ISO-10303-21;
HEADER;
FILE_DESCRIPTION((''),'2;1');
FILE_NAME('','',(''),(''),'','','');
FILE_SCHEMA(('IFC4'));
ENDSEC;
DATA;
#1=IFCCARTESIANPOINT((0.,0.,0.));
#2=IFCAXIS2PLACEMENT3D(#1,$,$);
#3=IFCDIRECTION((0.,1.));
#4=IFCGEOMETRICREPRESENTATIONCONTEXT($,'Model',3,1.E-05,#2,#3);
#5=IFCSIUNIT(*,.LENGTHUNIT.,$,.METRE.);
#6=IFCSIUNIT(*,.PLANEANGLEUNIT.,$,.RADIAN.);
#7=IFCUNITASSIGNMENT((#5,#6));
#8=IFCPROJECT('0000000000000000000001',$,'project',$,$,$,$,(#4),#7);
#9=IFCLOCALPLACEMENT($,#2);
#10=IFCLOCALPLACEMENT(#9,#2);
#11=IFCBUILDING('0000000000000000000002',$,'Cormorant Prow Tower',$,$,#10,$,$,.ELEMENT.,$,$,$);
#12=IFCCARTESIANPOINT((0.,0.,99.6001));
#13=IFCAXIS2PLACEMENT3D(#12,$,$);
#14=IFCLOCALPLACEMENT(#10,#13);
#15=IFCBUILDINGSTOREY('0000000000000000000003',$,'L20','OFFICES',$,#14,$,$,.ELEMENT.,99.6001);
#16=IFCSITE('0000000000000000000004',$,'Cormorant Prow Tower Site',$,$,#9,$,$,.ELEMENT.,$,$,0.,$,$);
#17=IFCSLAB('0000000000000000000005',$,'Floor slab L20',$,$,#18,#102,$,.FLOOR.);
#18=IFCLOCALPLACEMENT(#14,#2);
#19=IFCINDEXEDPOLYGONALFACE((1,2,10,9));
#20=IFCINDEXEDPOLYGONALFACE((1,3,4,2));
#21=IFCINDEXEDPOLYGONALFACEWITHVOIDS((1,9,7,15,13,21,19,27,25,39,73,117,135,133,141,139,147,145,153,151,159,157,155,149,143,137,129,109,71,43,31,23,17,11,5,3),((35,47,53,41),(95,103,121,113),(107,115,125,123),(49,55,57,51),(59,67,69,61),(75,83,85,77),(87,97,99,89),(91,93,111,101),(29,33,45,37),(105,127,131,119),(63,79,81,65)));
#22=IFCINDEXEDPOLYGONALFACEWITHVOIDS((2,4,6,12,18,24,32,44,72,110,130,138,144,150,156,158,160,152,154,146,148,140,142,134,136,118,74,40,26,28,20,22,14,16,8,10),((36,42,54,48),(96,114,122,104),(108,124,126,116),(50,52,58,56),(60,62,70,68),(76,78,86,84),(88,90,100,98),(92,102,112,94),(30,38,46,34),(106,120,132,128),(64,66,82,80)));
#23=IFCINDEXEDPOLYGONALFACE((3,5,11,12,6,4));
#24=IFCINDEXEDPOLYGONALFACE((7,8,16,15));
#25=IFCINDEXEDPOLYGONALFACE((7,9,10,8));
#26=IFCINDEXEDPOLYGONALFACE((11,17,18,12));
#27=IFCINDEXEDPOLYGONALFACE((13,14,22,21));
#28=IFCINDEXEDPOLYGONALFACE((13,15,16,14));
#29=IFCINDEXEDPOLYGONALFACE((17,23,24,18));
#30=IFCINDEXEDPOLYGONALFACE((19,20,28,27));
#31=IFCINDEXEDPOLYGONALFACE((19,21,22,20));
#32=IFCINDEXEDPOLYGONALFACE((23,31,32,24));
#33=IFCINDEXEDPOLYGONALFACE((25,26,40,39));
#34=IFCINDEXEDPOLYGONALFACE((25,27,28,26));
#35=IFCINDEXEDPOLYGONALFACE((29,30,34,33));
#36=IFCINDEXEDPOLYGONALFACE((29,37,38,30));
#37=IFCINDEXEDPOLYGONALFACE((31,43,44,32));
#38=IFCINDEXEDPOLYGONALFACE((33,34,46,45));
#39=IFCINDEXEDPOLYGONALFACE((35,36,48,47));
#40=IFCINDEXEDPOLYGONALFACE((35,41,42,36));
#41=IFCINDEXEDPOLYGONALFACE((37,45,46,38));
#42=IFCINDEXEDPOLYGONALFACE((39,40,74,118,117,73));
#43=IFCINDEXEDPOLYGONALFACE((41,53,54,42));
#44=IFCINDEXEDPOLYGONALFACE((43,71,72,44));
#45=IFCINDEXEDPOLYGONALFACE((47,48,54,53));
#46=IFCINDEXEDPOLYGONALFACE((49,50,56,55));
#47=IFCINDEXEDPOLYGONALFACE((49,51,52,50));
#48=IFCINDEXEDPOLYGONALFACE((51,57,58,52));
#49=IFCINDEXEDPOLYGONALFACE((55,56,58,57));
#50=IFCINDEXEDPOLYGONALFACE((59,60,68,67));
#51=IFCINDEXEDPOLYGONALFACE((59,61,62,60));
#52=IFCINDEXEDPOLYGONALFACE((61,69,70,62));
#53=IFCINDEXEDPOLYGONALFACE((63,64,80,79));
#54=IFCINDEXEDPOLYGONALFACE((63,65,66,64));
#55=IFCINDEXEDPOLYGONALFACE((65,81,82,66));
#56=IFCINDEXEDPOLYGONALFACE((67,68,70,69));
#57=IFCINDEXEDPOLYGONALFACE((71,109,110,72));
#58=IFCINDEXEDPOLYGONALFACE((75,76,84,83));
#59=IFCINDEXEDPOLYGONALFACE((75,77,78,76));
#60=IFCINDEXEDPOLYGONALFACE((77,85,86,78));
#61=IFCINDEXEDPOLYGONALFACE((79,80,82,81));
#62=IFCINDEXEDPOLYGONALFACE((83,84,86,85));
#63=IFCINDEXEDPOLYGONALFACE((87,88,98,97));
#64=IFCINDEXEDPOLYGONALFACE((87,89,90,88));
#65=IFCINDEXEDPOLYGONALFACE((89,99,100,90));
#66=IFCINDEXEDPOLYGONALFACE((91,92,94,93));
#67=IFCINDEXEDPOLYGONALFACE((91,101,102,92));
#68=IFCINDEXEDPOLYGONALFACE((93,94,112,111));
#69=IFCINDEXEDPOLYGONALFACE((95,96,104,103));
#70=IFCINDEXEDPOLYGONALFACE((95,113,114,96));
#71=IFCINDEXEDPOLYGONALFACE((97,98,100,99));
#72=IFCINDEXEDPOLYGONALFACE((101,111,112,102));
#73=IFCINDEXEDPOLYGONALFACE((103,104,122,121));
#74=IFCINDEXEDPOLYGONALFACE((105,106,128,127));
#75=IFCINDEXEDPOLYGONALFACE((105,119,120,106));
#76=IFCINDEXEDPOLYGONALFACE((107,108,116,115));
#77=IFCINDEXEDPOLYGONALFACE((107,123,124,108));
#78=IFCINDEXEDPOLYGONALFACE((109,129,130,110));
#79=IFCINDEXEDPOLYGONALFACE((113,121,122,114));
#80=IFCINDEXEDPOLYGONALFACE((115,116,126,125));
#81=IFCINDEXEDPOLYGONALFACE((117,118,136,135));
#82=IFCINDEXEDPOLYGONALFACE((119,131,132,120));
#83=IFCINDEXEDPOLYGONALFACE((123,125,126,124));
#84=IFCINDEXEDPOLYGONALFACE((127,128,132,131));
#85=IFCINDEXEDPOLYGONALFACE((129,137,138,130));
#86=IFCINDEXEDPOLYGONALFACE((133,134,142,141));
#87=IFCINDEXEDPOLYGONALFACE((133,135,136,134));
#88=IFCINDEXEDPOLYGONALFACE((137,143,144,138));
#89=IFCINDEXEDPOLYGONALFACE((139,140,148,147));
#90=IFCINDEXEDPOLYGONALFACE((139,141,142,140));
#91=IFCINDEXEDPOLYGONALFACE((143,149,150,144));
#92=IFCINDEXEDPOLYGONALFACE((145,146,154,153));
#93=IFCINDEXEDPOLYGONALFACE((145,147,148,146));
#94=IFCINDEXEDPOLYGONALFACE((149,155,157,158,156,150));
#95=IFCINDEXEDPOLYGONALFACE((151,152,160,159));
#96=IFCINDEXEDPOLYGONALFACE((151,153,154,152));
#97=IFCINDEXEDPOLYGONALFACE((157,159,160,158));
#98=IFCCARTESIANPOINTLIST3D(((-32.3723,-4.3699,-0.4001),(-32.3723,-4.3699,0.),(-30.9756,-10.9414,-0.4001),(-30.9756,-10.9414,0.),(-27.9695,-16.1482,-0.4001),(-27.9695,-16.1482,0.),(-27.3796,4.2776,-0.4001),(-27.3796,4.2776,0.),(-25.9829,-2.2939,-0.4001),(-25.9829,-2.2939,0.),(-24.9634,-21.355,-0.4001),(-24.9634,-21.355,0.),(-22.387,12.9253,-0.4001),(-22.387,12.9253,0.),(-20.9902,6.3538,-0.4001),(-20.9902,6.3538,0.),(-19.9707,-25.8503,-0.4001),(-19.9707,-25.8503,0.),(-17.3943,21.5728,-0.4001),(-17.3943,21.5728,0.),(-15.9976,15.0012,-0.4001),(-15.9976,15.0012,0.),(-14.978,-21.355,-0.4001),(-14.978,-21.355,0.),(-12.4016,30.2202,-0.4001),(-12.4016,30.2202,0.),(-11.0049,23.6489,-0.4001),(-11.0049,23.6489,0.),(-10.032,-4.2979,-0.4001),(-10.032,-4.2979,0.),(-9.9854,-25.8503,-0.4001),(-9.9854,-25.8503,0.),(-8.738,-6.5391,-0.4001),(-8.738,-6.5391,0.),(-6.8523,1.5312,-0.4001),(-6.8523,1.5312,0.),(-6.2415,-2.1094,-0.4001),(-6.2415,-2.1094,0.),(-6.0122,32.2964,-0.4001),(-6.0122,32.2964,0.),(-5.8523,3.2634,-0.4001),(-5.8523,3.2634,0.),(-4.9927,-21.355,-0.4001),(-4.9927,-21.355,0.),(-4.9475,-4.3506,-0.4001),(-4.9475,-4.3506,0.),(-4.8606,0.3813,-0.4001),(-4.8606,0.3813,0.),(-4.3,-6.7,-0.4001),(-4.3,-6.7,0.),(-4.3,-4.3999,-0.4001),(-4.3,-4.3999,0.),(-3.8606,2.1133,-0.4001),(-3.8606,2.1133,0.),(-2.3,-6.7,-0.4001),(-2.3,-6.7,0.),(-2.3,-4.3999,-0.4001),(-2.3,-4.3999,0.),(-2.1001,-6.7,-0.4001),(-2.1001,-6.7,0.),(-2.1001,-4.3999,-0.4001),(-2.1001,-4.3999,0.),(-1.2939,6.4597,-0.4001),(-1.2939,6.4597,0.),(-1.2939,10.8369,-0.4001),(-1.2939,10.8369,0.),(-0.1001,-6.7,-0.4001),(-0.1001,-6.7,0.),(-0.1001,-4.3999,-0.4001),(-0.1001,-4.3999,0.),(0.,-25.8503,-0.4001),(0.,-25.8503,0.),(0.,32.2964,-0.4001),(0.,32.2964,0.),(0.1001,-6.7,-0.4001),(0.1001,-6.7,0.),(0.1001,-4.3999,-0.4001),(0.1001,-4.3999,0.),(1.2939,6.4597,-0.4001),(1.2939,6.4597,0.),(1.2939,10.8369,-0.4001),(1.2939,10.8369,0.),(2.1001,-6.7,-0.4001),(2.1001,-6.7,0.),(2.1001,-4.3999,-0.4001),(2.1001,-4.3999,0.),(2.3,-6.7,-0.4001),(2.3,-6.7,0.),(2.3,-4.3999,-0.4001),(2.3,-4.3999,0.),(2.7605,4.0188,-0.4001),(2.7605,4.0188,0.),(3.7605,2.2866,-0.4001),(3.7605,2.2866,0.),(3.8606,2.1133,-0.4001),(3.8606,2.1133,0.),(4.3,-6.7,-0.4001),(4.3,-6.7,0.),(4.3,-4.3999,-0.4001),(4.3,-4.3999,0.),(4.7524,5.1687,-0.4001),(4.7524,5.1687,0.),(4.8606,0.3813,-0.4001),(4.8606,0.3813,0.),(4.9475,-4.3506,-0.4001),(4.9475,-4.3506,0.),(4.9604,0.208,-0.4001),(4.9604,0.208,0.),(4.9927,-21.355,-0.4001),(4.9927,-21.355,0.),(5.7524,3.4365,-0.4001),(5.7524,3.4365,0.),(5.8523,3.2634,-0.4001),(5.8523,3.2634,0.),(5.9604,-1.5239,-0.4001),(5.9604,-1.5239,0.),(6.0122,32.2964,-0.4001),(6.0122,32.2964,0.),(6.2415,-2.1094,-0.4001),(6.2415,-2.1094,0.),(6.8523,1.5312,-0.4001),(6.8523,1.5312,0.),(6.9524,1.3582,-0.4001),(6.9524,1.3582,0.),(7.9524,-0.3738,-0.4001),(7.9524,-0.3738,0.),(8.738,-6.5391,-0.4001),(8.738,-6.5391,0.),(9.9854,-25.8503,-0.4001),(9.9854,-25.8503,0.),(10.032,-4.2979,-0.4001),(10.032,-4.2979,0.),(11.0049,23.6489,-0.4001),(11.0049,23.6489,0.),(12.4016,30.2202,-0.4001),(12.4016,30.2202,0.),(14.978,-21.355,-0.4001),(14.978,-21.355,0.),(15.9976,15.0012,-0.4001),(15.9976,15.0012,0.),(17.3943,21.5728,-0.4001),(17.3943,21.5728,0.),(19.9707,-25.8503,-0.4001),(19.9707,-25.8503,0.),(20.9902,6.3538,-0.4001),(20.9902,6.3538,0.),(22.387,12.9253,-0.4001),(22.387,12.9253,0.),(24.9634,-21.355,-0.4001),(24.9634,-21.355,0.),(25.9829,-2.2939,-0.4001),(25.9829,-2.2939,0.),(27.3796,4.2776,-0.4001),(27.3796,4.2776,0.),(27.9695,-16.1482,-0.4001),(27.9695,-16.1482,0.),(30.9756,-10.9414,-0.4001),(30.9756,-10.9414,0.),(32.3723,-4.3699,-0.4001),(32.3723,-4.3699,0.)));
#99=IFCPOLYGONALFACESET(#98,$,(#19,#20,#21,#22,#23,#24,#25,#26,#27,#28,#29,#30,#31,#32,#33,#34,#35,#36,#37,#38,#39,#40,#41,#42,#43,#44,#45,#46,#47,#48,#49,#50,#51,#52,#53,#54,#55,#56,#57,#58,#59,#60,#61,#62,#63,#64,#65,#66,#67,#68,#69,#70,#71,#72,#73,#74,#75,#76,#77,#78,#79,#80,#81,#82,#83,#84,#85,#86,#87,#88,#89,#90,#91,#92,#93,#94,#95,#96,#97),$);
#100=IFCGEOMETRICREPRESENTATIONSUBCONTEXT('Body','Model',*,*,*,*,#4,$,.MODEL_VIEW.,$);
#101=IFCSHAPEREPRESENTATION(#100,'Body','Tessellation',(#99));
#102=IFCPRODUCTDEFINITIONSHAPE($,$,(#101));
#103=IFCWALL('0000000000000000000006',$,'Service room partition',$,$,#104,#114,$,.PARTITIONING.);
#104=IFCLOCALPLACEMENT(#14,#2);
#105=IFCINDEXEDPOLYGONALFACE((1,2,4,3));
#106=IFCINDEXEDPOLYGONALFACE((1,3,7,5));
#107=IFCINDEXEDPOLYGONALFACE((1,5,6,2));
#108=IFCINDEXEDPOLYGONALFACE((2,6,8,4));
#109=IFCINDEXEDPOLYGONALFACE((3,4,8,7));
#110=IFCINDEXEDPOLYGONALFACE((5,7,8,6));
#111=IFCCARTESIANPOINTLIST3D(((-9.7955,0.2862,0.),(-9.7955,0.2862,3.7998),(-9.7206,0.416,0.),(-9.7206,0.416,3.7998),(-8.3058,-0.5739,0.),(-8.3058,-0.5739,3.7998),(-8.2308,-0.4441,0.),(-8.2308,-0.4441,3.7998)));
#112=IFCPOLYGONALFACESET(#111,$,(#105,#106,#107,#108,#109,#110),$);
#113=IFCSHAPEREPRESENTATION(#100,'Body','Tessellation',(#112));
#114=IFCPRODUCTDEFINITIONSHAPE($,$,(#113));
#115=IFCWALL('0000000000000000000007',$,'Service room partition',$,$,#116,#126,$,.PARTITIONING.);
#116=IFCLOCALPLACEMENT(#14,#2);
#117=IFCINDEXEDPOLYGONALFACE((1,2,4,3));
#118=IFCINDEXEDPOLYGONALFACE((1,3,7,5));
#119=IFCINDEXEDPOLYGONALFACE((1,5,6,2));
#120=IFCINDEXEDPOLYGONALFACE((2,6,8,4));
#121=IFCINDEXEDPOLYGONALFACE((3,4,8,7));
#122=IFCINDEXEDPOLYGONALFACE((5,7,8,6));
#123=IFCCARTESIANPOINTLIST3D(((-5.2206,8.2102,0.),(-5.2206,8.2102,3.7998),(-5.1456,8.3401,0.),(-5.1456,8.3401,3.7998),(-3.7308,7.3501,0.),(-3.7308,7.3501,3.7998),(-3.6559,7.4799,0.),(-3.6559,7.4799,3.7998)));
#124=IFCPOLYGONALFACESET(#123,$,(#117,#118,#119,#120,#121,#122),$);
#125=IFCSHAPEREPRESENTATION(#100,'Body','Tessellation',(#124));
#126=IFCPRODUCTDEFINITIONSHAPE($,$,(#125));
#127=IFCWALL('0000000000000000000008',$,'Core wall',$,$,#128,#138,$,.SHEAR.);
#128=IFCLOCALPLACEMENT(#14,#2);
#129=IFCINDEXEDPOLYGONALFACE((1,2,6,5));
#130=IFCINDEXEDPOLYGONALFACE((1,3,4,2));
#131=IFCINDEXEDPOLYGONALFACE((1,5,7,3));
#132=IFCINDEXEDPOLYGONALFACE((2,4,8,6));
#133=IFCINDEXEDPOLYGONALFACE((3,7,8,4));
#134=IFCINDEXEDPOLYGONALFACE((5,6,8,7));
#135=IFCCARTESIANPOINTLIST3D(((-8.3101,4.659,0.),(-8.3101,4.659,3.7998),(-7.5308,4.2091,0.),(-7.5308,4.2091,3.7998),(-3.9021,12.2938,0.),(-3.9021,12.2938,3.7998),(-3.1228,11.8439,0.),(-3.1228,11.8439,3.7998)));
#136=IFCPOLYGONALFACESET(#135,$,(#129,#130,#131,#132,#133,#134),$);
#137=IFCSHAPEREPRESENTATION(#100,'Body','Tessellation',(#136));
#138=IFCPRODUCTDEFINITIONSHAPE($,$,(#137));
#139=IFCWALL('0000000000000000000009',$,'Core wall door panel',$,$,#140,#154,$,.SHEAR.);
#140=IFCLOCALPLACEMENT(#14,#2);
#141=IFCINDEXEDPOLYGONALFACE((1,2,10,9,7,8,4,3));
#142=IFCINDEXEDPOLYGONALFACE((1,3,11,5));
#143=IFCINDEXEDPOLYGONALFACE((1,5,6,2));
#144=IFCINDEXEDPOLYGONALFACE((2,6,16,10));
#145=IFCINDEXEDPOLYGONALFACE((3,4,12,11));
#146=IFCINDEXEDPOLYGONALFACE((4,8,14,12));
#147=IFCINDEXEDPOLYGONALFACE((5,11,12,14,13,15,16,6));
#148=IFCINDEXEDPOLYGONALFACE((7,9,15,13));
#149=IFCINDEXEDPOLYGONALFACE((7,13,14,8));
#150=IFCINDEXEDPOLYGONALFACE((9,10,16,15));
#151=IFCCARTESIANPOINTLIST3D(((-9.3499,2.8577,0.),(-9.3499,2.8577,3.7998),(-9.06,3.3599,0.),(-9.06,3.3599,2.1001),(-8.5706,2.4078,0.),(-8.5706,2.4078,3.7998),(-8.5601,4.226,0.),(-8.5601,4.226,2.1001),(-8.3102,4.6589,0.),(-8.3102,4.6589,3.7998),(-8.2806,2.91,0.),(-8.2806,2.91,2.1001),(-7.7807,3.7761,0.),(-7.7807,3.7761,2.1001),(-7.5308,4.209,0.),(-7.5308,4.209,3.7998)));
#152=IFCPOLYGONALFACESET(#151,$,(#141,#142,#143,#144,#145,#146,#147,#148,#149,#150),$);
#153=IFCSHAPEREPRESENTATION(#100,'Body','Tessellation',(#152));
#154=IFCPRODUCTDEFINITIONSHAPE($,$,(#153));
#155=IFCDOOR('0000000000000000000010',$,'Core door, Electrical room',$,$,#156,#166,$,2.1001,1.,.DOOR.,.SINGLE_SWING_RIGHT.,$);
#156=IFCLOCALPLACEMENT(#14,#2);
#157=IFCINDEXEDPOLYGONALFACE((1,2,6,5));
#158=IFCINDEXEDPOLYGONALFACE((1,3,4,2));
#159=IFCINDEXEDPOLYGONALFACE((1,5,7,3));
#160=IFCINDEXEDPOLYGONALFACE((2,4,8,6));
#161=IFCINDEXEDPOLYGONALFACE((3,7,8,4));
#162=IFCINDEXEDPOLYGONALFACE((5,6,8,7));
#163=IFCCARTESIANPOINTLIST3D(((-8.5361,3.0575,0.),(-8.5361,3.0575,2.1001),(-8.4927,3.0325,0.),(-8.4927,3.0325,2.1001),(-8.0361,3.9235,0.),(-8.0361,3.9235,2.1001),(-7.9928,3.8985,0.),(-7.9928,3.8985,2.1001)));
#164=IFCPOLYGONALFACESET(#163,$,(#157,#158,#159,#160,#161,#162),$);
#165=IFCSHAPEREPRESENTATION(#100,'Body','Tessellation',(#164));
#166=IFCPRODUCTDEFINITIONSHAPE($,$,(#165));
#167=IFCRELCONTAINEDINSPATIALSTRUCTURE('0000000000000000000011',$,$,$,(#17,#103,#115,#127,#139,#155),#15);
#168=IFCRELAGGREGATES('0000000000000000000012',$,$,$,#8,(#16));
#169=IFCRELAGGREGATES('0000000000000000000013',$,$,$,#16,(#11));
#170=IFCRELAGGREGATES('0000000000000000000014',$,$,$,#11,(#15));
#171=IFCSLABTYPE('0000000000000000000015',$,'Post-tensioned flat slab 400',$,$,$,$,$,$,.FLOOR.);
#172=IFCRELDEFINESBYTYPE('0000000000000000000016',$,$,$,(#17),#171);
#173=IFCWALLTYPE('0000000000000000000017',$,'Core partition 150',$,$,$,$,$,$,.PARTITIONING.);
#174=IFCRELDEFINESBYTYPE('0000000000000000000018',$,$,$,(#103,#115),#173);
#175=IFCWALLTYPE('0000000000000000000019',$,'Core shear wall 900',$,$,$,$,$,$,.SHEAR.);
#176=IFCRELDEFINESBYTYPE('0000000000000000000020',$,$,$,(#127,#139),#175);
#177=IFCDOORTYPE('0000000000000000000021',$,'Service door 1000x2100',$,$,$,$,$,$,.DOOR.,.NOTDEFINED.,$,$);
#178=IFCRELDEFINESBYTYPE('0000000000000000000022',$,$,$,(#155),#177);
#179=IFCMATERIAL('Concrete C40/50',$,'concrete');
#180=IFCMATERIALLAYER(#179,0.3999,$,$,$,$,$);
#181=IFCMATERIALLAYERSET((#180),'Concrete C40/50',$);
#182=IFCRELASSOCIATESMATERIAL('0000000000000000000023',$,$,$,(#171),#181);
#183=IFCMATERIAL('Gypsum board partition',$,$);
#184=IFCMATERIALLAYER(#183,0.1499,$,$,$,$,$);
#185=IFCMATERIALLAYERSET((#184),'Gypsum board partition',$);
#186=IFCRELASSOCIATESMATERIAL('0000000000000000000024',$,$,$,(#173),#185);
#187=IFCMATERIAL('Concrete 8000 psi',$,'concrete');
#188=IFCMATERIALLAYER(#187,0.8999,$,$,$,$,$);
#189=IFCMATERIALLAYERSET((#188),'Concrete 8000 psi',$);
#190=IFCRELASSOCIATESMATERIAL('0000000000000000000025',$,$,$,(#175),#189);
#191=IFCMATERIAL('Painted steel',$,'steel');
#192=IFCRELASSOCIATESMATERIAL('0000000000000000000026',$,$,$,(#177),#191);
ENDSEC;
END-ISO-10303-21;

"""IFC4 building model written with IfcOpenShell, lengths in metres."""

from ifc_helpers import new_model, si_unit, direction, frame, frame_2d, origin, place, context, subcontext, project, spatial, polyline, rectangle, outline, extrude, material, layer, layer_set, type_object, element, fill, save


model = new_model("IFC4")

# Units and contexts
model_context = context("Model", 3, precision=1e-05, world=origin(), true_north=direction((0.0, 1.0)))
body_context = subcontext(model_context, "Body", "Model", "MODEL_VIEW")
ifc_project = project(units=[si_unit("LENGTHUNIT", "METRE"), si_unit("PLANEANGLEUNIT", "RADIAN")], contexts=[model_context])

# Site, building, storey
site_placement = place(None, origin())
site = spatial("IfcSite", under=ifc_project, at=site_placement, Name="Cormorant Prow Tower Site", CompositionType="ELEMENT", RefElevation=0.0)
building_placement = place(site_placement, origin())
building = spatial("IfcBuilding", under=site, at=building_placement, Name="Cormorant Prow Tower", CompositionType="ELEMENT")
storey_placement = place(building_placement, frame((0.0, 0.0, 99.6001)))
storey = spatial("IfcBuildingStorey", under=building, at=storey_placement, Name="L20", Description="OFFICES", CompositionType="ELEMENT", Elevation=99.6001)

# Slab
ifc_material_1 = material(Name="Concrete C40/50", Category="concrete")
ifc_layer_1 = layer(ifc_material_1, 0.3999)
ifc_layer_set_1 = layer_set([ifc_layer_1], Name="Concrete C40/50")
slab_type_1 = type_object("IfcSlabType", Name="Post-tensioned flat slab 400", PredefinedType="FLOOR", material=ifc_layer_set_1)
slab_1_placement = place(storey_placement, frame((0.0, 0.0, -0.4001)))
element("IfcSlab", 1, at=slab_1_placement, inside=storey, type_object=slab_type_1, Name="Floor slab L20", PredefinedType="FLOOR", context=body_context, shape_type="SweptSolid", body=[
    extrude(outline(polyline([(-12.4016, 30.2202), (-11.0049, 23.6489), (-17.3943, 21.5728), (-15.9976, 15.0012), (-22.387, 12.9253), (-20.9902, 6.3538), (-27.3796, 4.2776), (-25.9829, -2.2939), (-32.3723, -4.3699), (-30.9756, -10.9414), (-27.9695, -16.1482), (-24.9634, -21.355), (-19.9707, -25.8503), (-14.978, -21.355), (-9.9854, -25.8503), (-4.9927, -21.355), (0.0, -25.8503), (4.9927, -21.355), (9.9854, -25.8503), (14.978, -21.355), (19.9707, -25.8503), (24.9634, -21.355), (27.9695, -16.1482), (30.9756, -10.9414), (32.3723, -4.3699), (25.9829, -2.2939), (27.3796, 4.2776), (20.9902, 6.3538), (22.387, 12.9253), (15.9976, 15.0012), (17.3943, 21.5728), (11.0049, 23.6489), (12.4016, 30.2202), (6.0122, 32.2964), (0.0, 32.2964), (-6.0122, 32.2964), (-12.4016, 30.2202)]), holes=[polyline([(-4.3, -6.7), (-4.3, -4.3999), (-2.3, -4.3999), (-2.3, -6.7), (-4.3, -6.7)]), polyline([(-2.1001, -4.3999), (-0.1001, -4.3999), (-0.1001, -6.7), (-2.1001, -6.7), (-2.1001, -4.3999)]), polyline([(2.1001, -4.3999), (2.1001, -6.7), (0.1001, -6.7), (0.1001, -4.3999), (2.1001, -4.3999)]), polyline([(4.3, -6.7), (2.3, -6.7), (2.3, -4.3999), (4.3, -4.3999), (4.3, -6.7)]), polyline([(7.9524, -0.3738), (5.9604, -1.5239), (4.9604, 0.208), (6.9524, 1.3582), (7.9524, -0.3738)]), polyline([(4.8606, 0.3813), (3.8606, 2.1133), (5.8523, 3.2634), (6.8523, 1.5312), (4.8606, 0.3813)]), polyline([(2.7605, 4.0188), (4.7524, 5.1687), (5.7524, 3.4365), (3.7605, 2.2866), (2.7605, 4.0188)]), polyline([(-6.8523, 1.5312), (-5.8523, 3.2634), (-3.8606, 2.1133), (-4.8606, 0.3813), (-6.8523, 1.5312)]), polyline([(-4.9475, -4.3506), (-8.738, -6.5391), (-10.032, -4.2979), (-6.2415, -2.1094), (-4.9475, -4.3506)]), polyline([(10.032, -4.2979), (8.738, -6.5391), (4.9475, -4.3506), (6.2415, -2.1094), (10.032, -4.2979)]), polyline([(1.2939, 10.8369), (1.2939, 6.4597), (-1.2939, 6.4597), (-1.2939, 10.8369), (1.2939, 10.8369)])]), origin(), (0.0, 0.0, 1.0), 0.4001),
])

# Walls
ifc_material_2 = material(Name="Gypsum board partition")
ifc_layer_2 = layer(ifc_material_2, 0.1499)
ifc_layer_set_2 = layer_set([ifc_layer_2], Name="Gypsum board partition")
wall_type_1 = type_object("IfcWallType", Name="Core partition 150", PredefinedType="PARTITIONING", material=ifc_layer_set_2)
for number, where, z_axis, x_axis, name in (
    (2, (-8.2683, -0.509, 0.0), (0.0, 0.0, 1.0), (-0.866025, 0.500001, 0.0), "Service room partition"),
    (3, (-3.6934, 7.415, 0.0), (0.0, 0.0, 1.0), (-0.866025, 0.500001, 0.0), "Service room partition"),
):
    element("IfcWall", number, at=place(storey_placement, frame(where, z_axis=z_axis, x_axis=x_axis)), inside=storey, type_object=wall_type_1, Name=name, PredefinedType="PARTITIONING", context=body_context, shape_type="SweptSolid", body=[
        extrude(rectangle(XDim=1.7202, YDim=0.1499, at=frame_2d((0.8601, 0.0))), origin(), (0.0, 0.0, 1.0), 3.7998),
    ])
ifc_material_3 = material(Name="Concrete 8000 psi", Category="concrete")
ifc_layer_3 = layer(ifc_material_3, 0.8999)
ifc_layer_set_3 = layer_set([ifc_layer_3], Name="Concrete 8000 psi")
wall_type_2 = type_object("IfcWallType", Name="Core shear wall 900", PredefinedType="SHEAR", material=ifc_layer_set_3)
wall_1_placement = place(storey_placement, frame((-3.5125, 12.0688, 0.0), z_axis=(0.0, 0.0, 1.0), x_axis=(-0.500002, -0.866024, 0.0)))
element("IfcWall", 4, at=wall_1_placement, inside=storey, type_object=wall_type_2, Name="Core wall", PredefinedType="SHEAR", context=body_context, shape_type="SweptSolid", body=[
    extrude(rectangle(XDim=8.8159, YDim=0.8999, at=frame_2d((4.408, 0.0))), origin(), (0.0, 0.0, 1.0), 3.7998),
])

# Wall, opening, door
wall_2_placement = place(storey_placement, frame((-7.9204, 4.4341, 0.0), z_axis=(0.0, 0.0, 1.0), x_axis=(-0.499939, -0.86606, 0.0)))
wall_2 = element("IfcWall", 5, at=wall_2_placement, inside=storey, type_object=wall_type_2, Name="Core wall door panel", PredefinedType="SHEAR", context=body_context, shape_type="SweptSolid", body=[
    extrude(rectangle(XDim=2.0798, YDim=0.8999, at=frame_2d((1.04, 0.0))), origin(), (0.0, 0.0, 1.0), 3.7998),
])
opening_1_placement = place(wall_2_placement, frame((0.5, 0.0, 0.0)))
opening_1 = element("IfcOpeningElement", 6, at=opening_1_placement, cuts=wall_2, PredefinedType="OPENING", context=body_context, shape_type="SweptSolid", body=[
    extrude(rectangle(XDim=1.0, YDim=2.1001, at=frame_2d((0.5, 1.05))), frame((0.0, 0.46, 0.0), z_axis=(0.0, -1.0, 0.0), x_axis=(1.0, 0.0, 0.0)), (0.0, 0.0, 1.0), 0.9199),
])
ifc_material_4 = material(Name="Painted steel", Category="steel")
door_type_1 = type_object("IfcDoorType", Name="Service door 1000x2100", OperationType="NOTDEFINED", PredefinedType="DOOR", material=ifc_material_4)
door_1_placement = place(opening_1_placement, origin())
door_1 = element("IfcDoor", 7, at=door_1_placement, inside=storey, type_object=door_type_1, Name="Core door, Electrical room", OperationType="SINGLE_SWING_RIGHT", OverallHeight=2.1001, OverallWidth=1.0, PredefinedType="DOOR", context=body_context, shape_type="SweptSolid", body=[
    extrude(rectangle(XDim=1.0, YDim=2.1001, at=frame_2d((0.5, 1.05))), frame((0.0, 0.2051, 0.0), z_axis=(0.0, -1.0, 0.0), x_axis=(1.0, 0.0, 0.0)), (0.0, 0.0, 1.0), 0.05),
])
fill(opening_1, door_1)

save(model, "model.ifc")
